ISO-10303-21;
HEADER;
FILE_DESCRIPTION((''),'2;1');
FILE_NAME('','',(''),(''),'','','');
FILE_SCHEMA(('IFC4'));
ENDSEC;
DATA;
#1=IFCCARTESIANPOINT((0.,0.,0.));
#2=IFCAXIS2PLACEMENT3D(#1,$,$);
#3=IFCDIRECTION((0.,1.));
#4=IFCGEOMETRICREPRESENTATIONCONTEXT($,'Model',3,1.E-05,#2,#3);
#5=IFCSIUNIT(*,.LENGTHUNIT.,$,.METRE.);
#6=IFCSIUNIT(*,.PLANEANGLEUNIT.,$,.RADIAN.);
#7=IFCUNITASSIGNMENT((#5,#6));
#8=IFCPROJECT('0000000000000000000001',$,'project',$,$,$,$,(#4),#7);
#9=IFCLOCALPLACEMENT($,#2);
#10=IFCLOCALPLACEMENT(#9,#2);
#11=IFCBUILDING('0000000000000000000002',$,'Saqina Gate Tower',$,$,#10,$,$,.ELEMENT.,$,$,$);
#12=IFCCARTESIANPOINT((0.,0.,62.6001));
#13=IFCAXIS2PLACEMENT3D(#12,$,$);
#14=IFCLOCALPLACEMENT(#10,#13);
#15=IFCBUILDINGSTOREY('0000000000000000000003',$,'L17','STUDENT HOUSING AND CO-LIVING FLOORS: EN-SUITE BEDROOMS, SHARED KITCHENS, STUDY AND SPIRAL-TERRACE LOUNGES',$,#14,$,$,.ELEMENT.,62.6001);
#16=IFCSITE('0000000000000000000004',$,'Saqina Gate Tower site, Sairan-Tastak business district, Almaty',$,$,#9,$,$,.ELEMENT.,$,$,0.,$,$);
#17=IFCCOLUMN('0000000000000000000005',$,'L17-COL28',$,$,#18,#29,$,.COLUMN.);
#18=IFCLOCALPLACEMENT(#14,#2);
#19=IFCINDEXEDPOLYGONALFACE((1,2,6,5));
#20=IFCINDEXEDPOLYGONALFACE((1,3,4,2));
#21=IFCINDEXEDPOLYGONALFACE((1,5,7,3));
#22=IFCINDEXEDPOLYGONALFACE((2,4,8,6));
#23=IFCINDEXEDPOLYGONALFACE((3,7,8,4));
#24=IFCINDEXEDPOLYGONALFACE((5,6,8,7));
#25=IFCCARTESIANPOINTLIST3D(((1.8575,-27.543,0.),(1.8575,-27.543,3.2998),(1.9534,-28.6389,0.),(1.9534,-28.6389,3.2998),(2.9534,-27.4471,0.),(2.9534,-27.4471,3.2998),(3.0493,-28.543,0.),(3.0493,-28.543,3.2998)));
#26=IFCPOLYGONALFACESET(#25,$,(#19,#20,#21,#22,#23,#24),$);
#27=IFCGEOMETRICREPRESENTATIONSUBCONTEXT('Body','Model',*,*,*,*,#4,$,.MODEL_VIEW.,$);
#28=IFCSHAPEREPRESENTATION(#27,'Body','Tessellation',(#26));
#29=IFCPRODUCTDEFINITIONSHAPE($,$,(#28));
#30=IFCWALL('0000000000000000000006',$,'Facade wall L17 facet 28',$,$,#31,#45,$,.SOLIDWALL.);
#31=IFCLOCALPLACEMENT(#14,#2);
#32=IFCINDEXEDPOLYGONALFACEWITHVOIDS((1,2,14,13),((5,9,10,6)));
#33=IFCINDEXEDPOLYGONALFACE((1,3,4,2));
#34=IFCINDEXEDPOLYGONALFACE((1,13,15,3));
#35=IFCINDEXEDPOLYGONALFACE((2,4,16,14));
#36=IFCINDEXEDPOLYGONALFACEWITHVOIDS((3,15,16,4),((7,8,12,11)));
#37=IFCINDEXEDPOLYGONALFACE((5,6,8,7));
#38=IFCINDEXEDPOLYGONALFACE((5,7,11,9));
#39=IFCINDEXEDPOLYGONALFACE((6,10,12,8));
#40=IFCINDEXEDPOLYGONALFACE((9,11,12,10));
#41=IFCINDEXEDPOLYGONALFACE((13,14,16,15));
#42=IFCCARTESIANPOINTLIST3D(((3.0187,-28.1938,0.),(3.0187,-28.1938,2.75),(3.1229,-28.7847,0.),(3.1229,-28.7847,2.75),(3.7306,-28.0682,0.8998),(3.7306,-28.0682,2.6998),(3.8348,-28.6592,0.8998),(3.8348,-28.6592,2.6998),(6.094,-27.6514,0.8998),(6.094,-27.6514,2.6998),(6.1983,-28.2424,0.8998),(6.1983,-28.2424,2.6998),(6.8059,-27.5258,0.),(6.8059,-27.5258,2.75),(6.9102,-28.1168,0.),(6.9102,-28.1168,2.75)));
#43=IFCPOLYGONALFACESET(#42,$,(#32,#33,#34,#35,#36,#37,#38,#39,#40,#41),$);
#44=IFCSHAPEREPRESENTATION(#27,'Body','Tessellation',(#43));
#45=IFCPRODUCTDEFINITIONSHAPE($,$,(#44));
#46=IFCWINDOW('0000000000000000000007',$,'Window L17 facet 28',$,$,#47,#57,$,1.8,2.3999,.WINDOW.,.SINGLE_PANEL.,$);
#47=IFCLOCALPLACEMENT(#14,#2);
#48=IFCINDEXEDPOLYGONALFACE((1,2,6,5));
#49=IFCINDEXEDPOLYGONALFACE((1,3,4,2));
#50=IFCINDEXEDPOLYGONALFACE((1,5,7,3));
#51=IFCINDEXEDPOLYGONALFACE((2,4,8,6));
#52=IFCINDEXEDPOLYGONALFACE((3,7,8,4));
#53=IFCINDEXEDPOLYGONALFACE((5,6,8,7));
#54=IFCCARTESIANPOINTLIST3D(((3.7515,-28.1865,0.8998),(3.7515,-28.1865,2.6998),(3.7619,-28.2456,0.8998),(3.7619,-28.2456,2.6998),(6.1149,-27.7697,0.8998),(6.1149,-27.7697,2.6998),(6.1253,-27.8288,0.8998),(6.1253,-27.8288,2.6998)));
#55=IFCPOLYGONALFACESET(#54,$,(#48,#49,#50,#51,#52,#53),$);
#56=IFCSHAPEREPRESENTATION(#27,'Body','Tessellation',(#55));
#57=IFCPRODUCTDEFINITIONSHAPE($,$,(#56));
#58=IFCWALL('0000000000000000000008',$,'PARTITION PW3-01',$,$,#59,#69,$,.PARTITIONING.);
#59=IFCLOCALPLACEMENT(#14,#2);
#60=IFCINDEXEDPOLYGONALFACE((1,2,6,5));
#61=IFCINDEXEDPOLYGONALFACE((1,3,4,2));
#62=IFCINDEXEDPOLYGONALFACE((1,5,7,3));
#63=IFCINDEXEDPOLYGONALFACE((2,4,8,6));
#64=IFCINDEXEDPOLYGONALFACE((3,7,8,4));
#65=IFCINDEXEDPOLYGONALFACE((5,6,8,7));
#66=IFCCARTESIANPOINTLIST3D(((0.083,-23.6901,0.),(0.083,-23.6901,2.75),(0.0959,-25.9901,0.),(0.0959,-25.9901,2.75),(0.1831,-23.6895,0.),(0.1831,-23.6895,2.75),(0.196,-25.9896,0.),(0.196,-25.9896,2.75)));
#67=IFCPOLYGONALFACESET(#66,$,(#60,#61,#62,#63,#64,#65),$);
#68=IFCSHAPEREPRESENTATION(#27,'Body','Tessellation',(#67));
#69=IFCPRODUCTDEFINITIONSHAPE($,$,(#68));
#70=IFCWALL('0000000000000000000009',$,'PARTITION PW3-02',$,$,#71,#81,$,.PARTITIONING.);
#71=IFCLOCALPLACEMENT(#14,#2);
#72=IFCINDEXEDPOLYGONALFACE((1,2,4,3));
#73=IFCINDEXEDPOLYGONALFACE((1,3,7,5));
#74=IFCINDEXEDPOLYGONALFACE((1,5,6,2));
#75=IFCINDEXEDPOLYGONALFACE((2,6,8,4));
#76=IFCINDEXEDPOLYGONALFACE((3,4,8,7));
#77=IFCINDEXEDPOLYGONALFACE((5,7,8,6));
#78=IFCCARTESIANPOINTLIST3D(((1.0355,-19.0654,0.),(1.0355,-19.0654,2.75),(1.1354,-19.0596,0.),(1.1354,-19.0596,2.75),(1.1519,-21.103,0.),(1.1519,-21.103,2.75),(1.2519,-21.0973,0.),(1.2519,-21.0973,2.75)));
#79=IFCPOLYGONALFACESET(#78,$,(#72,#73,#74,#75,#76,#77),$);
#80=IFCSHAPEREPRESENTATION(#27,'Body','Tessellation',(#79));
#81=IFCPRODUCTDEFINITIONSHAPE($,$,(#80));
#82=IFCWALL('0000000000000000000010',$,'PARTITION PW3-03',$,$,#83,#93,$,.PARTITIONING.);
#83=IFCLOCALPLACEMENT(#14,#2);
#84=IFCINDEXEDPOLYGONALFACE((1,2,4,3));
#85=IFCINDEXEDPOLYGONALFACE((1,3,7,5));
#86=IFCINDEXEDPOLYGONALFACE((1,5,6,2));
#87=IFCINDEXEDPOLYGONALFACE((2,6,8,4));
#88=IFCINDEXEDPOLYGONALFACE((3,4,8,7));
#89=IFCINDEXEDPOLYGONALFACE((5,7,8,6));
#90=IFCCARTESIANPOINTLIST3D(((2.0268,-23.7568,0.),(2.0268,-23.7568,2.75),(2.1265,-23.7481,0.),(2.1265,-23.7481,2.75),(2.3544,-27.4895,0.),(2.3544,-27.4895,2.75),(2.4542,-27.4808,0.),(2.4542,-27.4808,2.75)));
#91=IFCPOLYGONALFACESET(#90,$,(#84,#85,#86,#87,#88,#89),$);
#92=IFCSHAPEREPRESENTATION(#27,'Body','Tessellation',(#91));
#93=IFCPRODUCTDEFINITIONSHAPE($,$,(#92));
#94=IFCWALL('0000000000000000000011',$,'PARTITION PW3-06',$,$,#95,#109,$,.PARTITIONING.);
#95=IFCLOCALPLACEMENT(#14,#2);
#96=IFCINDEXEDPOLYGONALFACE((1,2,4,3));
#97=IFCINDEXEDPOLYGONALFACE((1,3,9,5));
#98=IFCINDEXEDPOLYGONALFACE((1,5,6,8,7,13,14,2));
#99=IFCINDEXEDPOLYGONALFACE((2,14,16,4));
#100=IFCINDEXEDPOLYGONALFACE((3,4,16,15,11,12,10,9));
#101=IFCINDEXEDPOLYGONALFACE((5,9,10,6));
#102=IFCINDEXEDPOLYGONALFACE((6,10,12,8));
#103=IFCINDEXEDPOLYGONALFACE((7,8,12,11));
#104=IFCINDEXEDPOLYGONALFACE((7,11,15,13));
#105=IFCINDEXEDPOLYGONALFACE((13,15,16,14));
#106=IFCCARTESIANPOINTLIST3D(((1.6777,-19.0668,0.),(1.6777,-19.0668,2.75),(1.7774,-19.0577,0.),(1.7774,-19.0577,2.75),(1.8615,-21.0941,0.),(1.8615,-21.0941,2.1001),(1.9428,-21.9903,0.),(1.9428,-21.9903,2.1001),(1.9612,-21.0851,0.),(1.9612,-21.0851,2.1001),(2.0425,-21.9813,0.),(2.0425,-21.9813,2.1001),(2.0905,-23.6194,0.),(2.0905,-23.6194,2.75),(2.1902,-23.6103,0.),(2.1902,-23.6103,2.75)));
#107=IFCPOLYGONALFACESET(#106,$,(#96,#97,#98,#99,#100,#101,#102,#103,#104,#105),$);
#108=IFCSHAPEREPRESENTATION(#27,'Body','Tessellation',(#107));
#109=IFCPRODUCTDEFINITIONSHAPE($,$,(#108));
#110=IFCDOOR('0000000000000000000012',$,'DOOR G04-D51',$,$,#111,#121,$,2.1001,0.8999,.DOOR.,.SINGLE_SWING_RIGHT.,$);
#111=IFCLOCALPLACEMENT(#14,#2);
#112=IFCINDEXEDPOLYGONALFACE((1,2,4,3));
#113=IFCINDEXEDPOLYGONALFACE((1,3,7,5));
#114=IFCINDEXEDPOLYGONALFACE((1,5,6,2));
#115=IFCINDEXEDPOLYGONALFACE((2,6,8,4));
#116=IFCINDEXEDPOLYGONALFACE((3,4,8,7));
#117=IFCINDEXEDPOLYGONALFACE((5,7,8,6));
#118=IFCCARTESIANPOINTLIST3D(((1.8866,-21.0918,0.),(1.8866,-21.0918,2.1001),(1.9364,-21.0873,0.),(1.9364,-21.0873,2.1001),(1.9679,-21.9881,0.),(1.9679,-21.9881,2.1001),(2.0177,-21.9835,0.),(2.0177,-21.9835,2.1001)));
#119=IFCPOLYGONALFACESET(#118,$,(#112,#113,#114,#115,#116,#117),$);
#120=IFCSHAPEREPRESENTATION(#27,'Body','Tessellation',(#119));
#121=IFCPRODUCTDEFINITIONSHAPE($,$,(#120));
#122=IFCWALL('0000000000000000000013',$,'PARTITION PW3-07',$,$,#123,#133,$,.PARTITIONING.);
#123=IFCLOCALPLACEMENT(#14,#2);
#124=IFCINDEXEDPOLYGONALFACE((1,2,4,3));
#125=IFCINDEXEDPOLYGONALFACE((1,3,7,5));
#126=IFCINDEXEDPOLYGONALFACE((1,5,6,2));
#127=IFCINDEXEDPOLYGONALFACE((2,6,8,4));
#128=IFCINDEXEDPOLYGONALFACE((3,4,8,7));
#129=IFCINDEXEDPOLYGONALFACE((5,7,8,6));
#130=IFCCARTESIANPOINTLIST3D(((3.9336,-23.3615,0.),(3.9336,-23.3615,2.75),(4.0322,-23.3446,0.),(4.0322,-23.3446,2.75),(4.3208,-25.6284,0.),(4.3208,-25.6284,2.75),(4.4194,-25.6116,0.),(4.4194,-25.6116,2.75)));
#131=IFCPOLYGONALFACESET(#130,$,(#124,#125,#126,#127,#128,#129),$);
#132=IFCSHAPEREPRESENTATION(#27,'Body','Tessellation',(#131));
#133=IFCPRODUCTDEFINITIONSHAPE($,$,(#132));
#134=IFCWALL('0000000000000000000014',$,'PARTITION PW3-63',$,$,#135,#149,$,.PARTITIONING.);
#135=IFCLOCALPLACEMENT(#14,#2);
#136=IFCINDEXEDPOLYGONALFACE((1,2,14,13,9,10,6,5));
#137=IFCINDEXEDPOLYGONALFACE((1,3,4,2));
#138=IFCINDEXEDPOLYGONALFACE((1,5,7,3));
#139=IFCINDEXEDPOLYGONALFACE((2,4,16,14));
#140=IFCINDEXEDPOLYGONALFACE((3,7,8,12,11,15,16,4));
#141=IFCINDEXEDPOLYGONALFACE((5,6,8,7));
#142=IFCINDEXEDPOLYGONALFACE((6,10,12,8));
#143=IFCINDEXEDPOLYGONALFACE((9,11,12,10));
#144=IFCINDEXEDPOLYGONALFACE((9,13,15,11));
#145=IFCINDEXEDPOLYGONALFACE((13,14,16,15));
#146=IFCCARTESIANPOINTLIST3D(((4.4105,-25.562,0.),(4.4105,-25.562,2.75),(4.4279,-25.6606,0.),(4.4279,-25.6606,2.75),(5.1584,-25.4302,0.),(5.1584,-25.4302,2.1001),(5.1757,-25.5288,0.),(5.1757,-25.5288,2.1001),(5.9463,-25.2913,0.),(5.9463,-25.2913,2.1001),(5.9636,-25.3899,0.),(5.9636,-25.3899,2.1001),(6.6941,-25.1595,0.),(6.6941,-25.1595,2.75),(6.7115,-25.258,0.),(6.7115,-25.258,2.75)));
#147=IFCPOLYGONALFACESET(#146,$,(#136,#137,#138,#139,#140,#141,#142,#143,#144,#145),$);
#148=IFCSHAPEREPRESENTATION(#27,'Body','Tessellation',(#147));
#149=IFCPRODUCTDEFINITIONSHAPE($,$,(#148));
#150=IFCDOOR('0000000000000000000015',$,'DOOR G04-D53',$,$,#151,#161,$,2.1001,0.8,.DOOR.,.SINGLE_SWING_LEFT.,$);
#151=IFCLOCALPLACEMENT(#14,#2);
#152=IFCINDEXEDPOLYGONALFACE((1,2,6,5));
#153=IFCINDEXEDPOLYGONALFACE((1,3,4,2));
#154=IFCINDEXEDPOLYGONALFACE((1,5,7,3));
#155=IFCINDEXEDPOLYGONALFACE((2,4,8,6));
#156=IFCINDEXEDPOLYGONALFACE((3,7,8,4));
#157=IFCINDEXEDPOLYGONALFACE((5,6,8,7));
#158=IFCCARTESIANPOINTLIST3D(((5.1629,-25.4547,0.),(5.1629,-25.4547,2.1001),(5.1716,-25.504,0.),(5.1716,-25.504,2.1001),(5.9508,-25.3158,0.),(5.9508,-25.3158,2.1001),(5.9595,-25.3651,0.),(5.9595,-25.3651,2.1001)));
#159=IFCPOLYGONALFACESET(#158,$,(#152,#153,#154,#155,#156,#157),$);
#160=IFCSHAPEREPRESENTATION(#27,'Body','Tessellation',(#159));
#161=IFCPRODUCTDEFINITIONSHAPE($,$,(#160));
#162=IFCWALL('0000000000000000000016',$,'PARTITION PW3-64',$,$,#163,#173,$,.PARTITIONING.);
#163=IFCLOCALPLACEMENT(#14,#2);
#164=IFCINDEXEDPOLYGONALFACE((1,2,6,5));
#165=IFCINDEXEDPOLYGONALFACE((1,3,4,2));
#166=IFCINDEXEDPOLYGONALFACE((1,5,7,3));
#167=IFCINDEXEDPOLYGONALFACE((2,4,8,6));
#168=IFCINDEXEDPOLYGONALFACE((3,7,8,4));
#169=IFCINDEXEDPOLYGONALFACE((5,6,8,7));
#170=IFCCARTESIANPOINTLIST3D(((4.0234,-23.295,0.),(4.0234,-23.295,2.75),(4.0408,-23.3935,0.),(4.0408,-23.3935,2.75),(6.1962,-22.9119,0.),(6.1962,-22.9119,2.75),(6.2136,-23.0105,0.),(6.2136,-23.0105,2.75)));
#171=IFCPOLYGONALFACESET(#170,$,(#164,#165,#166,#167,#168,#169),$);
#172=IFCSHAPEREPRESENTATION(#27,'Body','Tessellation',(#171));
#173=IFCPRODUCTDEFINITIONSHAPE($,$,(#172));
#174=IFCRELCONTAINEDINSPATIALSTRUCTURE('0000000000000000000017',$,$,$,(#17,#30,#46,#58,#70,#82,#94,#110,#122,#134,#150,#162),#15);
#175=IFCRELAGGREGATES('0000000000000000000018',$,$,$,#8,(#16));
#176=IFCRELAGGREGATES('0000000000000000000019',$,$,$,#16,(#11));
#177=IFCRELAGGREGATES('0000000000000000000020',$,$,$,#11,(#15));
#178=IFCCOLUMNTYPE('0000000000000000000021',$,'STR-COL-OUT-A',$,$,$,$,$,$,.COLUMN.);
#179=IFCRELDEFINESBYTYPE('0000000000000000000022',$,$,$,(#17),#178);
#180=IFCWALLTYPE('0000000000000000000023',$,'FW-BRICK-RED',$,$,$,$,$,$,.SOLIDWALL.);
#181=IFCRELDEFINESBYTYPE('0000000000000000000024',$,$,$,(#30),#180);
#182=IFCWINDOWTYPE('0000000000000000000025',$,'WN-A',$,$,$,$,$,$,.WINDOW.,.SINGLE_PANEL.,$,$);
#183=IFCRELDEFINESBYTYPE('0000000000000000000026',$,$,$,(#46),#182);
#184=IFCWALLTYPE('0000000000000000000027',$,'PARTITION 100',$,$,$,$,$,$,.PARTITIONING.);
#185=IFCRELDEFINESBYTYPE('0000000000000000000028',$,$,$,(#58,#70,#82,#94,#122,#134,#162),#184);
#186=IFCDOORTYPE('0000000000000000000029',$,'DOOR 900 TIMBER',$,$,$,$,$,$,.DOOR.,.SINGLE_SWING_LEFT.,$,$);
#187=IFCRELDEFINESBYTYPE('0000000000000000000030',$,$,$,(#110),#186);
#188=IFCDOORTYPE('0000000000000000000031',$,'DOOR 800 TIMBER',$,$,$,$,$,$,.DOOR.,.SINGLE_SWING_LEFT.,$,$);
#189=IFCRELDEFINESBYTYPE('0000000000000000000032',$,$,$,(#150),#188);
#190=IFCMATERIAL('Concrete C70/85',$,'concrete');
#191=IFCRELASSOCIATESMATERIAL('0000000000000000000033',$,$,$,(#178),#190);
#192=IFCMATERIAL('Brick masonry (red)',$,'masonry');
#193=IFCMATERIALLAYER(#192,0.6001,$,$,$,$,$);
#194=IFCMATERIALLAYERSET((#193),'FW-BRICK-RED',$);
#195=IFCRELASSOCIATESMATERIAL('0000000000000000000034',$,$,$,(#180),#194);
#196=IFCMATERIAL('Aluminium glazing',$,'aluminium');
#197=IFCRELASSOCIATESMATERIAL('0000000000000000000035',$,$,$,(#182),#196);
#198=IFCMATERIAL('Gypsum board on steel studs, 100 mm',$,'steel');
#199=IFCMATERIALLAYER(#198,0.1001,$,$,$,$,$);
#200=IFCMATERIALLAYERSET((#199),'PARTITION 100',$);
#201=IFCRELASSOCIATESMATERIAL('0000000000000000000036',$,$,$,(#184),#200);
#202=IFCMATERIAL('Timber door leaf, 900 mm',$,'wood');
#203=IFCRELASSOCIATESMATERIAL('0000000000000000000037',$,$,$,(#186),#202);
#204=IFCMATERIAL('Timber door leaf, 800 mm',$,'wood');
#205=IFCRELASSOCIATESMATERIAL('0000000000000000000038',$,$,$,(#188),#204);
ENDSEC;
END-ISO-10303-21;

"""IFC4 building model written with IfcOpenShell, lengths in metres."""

from ifc_helpers import new_model, si_unit, direction, frame, frame_2d, origin, origin_2d, place, context, subcontext, project, spatial, rectangle, extrude, material, layer, layer_set, material_profile, profile_set, type_object, element, fill, save


model = new_model("IFC4")

# Units and contexts
model_context = context("Model", 3, precision=1e-05, world=origin(), true_north=direction((0.0, 1.0)))
body_context = subcontext(model_context, "Body", "Model", "MODEL_VIEW")
ifc_project = project(units=[si_unit("LENGTHUNIT", "METRE"), si_unit("PLANEANGLEUNIT", "RADIAN")], contexts=[model_context])

# Site, building, storey
site_placement = place(None, origin())
site = spatial("IfcSite", under=ifc_project, at=site_placement, Name="Saqina Gate Tower site, Sairan-Tastak business district, Almaty", CompositionType="ELEMENT", RefElevation=0.0)
building_placement = place(site_placement, origin())
building = spatial("IfcBuilding", under=site, at=building_placement, Name="Saqina Gate Tower", CompositionType="ELEMENT")
storey_placement = place(building_placement, frame((0.0, 0.0, 62.6001)))
storey = spatial("IfcBuildingStorey", under=building, at=storey_placement, Name="L17", Description="STUDENT HOUSING AND CO-LIVING FLOORS: EN-SUITE BEDROOMS, SHARED KITCHENS, STUDY AND SPIRAL-TERRACE LOUNGES", CompositionType="ELEMENT", Elevation=62.6001)

# Column
ifc_material_1 = material(Name="Concrete C70/85", Category="concrete")
ifc_material_profile = material_profile(ifc_material_1, rectangle(XDim=1.1001, YDim=1.1001, at=origin_2d()), Name="RC 1100x1100")
ifc_profile_set = profile_set([ifc_material_profile], Name="Concrete C70/85")
column_type = type_object("IfcColumnType", Name="STR-COL-OUT-A", PredefinedType="COLUMN", material=ifc_profile_set)
column_placement = place(storey_placement, frame((2.4534, -28.043, 0.0), z_axis=(0.0, 0.0, 1.0), x_axis=(0.087156, -0.996195, 0.0)))
element("IfcColumn", 1, at=column_placement, inside=storey, type_object=column_type, Name="L17-COL28", PredefinedType="COLUMN", context=body_context, shape_type="SweptSolid", body=[
    extrude(rectangle(XDim=1.1001, YDim=1.1001, at=origin_2d()), origin(), (0.0, 0.0, 1.0), 3.2998),
])

# Wall, opening, window
ifc_material_2 = material(Name="Brick masonry (red)", Category="masonry")
ifc_layer_1 = layer(ifc_material_2, 0.6001)
ifc_layer_set_1 = layer_set([ifc_layer_1], Name="FW-BRICK-RED")
wall_type_1 = type_object("IfcWallType", Name="FW-BRICK-RED", PredefinedType="SOLIDWALL", material=ifc_layer_set_1)
wall_1_placement = place(storey_placement, frame((3.0708, -28.4893, 0.0), z_axis=(0.0, 0.0, 1.0), x_axis=(0.984801, 0.173688, 0.0)))
wall_1 = element("IfcWall", 2, at=wall_1_placement, inside=storey, type_object=wall_type_1, Name="Facade wall L17 facet 28", PredefinedType="SOLIDWALL", context=body_context, shape_type="SweptSolid", body=[
    extrude(rectangle(XDim=3.8457, YDim=0.6001, at=frame_2d((1.9229, 0.0))), origin(), (0.0, 0.0, 1.0), 2.75),
])
opening_1_placement = place(wall_1_placement, frame((0.7229, 0.0, 0.8999)))
opening_1 = element("IfcOpeningElement", 3, at=opening_1_placement, cuts=wall_1, PredefinedType="OPENING", context=body_context, shape_type="SweptSolid", body=[
    extrude(rectangle(XDim=2.3999, YDim=1.8, at=frame_2d((1.2, 0.8999))), frame((0.0, 0.312, 0.0), z_axis=(0.0, -1.0, 0.0), x_axis=(1.0, 0.0, 0.0)), (0.0, 0.0, 1.0), 0.624),
])
ifc_material_3 = material(Name="Aluminium glazing", Category="aluminium")
window_type = type_object("IfcWindowType", Name="WN-A", PartitioningType="SINGLE_PANEL", PredefinedType="WINDOW", material=ifc_material_3)
window_placement = place(opening_1_placement, origin())
window = element("IfcWindow", 4, at=window_placement, inside=storey, type_object=window_type, Name="Window L17 facet 28", OverallHeight=1.8, OverallWidth=2.3999, PartitioningType="SINGLE_PANEL", PredefinedType="WINDOW", context=body_context, shape_type="SweptSolid", body=[
    extrude(rectangle(XDim=2.3999, YDim=1.8, at=frame_2d((1.2, 0.8999))), frame((0.0, 0.1799, 0.0), z_axis=(0.0, -1.0, 0.0), x_axis=(1.0, 0.0, 0.0)), (0.0, 0.0, 1.0), 0.0601),
])
fill(opening_1, window)

# Walls
ifc_material_4 = material(Name="Gypsum board on steel studs, 100 mm", Category="steel")
ifc_layer_2 = layer(ifc_material_4, 0.1001)
ifc_layer_set_2 = layer_set([ifc_layer_2], Name="PARTITION 100")
wall_type_2 = type_object("IfcWallType", Name="PARTITION 100", PredefinedType="PARTITIONING", material=ifc_layer_set_2)
wall_2_placement = place(storey_placement, frame((0.1331, -23.6899, 0.0), z_axis=(0.0, 0.0, 1.0), x_axis=(0.005626, -0.999984, 0.0)))
element("IfcWall", 5, at=wall_2_placement, inside=storey, type_object=wall_type_2, Name="PARTITION PW3-01", PredefinedType="PARTITIONING", context=body_context, shape_type="SweptSolid", body=[
    extrude(rectangle(XDim=2.3, YDim=0.1001, at=frame_2d((1.1499, 0.0))), origin(), (0.0, 0.0, 1.0), 2.75),
])
wall_3_placement = place(storey_placement, frame((1.0854, -19.0625, 0.0), z_axis=(0.0, 0.0, 1.0), x_axis=(0.05706, -0.998371, 0.0)))
element("IfcWall", 6, at=wall_3_placement, inside=storey, type_object=wall_type_2, Name="PARTITION PW3-02", PredefinedType="PARTITIONING", context=body_context, shape_type="SweptSolid", body=[
    extrude(rectangle(XDim=2.041, YDim=0.1001, at=frame_2d((1.0205, 0.0))), origin(), (0.0, 0.0, 1.0), 2.75),
])
wall_4_placement = place(storey_placement, frame((2.0767, -23.7524, 0.0), z_axis=(0.0, 0.0, 1.0), x_axis=(0.087439, -0.99617, 0.0)))
element("IfcWall", 7, at=wall_4_placement, inside=storey, type_object=wall_type_2, Name="PARTITION PW3-03", PredefinedType="PARTITIONING", context=body_context, shape_type="SweptSolid", body=[
    extrude(rectangle(XDim=3.7471, YDim=0.1001, at=frame_2d((1.8735, 0.0))), origin(), (0.0, 0.0, 1.0), 2.75),
])

# Wall, opening, door
wall_5_placement = place(storey_placement, frame((1.7275, -19.0623, 0.0), z_axis=(0.0, 0.0, 1.0), x_axis=(0.090314, -0.995913, 0.0)))
wall_5 = element("IfcWall", 8, at=wall_5_placement, inside=storey, type_object=wall_type_2, Name="PARTITION PW3-06", PredefinedType="PARTITIONING", context=body_context, shape_type="SweptSolid", body=[
    extrude(rectangle(XDim=4.5713, YDim=0.1001, at=frame_2d((2.2856, 0.0))), origin(), (0.0, 0.0, 1.0), 2.75),
])
opening_2_placement = place(wall_5_placement, frame((2.0356, 0.0, 0.0)))
opening_2 = element("IfcOpeningElement", 9, at=opening_2_placement, cuts=wall_5, PredefinedType="OPENING", context=body_context, shape_type="SweptSolid", body=[
    extrude(rectangle(XDim=0.8999, YDim=2.1001, at=frame_2d((0.45, 1.05))), frame((0.0, 0.062, 0.0), z_axis=(0.0, -1.0, 0.0), x_axis=(1.0, 0.0, 0.0)), (0.0, 0.0, 1.0), 0.124),
])
ifc_material_5 = material(Name="Timber door leaf, 900 mm", Category="wood")
door_type_1 = type_object("IfcDoorType", Name="DOOR 900 TIMBER", OperationType="SINGLE_SWING_LEFT", PredefinedType="DOOR", material=ifc_material_5)
door_1_placement = place(opening_2_placement, frame((0.8999, 0.0, 0.0), z_axis=(0.0, 0.0, 1.0), x_axis=(-1.0, 0.0, 0.0)))
door_1 = element("IfcDoor", 10, at=door_1_placement, inside=storey, type_object=door_type_1, Name="DOOR G04-D51", OperationType="SINGLE_SWING_RIGHT", OverallHeight=2.1001, OverallWidth=0.8999, PredefinedType="DOOR", context=body_context, shape_type="SweptSolid", body=[
    extrude(rectangle(XDim=0.8999, YDim=2.1001, at=frame_2d((0.45, 1.05))), frame((0.0, 0.0249, 0.0), z_axis=(0.0, -1.0, 0.0), x_axis=(1.0, 0.0, 0.0)), (0.0, 0.0, 1.0), 0.05),
])
fill(opening_2, door_1)

# Wall
wall_6_placement = place(storey_placement, frame((3.9829, -23.353, 0.0), z_axis=(0.0, 0.0, 1.0), x_axis=(0.168357, -0.985726, 0.0)))
element("IfcWall", 11, at=wall_6_placement, inside=storey, type_object=wall_type_2, Name="PARTITION PW3-07", PredefinedType="PARTITIONING", context=body_context, shape_type="SweptSolid", body=[
    extrude(rectangle(XDim=2.2998, YDim=0.1001, at=frame_2d((1.1499, 0.0))), origin(), (0.0, 0.0, 1.0), 2.75),
])

# Wall, opening, door
wall_7_placement = place(storey_placement, frame((4.4192, -25.6113, 0.0), z_axis=(0.0, 0.0, 1.0), x_axis=(0.984814, 0.173611, 0.0)))
wall_7 = element("IfcWall", 12, at=wall_7_placement, inside=storey, type_object=wall_type_2, Name="PARTITION PW3-63", PredefinedType="PARTITIONING", context=body_context, shape_type="SweptSolid", body=[
    extrude(rectangle(XDim=2.3188, YDim=0.1001, at=frame_2d((1.1594, 0.0))), origin(), (0.0, 0.0, 1.0), 2.75),
])
opening_3_placement = place(wall_7_placement, frame((0.7595, 0.0, 0.0)))
opening_3 = element("IfcOpeningElement", 13, at=opening_3_placement, cuts=wall_7, PredefinedType="OPENING", context=body_context, shape_type="SweptSolid", body=[
    extrude(rectangle(XDim=0.8, YDim=2.1001, at=frame_2d((0.3999, 1.05))), frame((0.0, 0.062, 0.0), z_axis=(0.0, -1.0, 0.0), x_axis=(1.0, 0.0, 0.0)), (0.0, 0.0, 1.0), 0.124),
])
ifc_material_6 = material(Name="Timber door leaf, 800 mm", Category="wood")
door_type_2 = type_object("IfcDoorType", Name="DOOR 800 TIMBER", OperationType="SINGLE_SWING_LEFT", PredefinedType="DOOR", material=ifc_material_6)
door_2_placement = place(opening_3_placement, frame((0.8, 0.0, 0.0), z_axis=(0.0, 0.0, 1.0), x_axis=(-1.0, 0.0, 0.0)))
door_2 = element("IfcDoor", 14, at=door_2_placement, inside=storey, type_object=door_type_2, Name="DOOR G04-D53", OperationType="SINGLE_SWING_LEFT", OverallHeight=2.1001, OverallWidth=0.8, PredefinedType="DOOR", context=body_context, shape_type="SweptSolid", body=[
    extrude(rectangle(XDim=0.8, YDim=2.1001, at=frame_2d((0.3999, 1.05))), frame((0.0, 0.0249, 0.0), z_axis=(0.0, -1.0, 0.0), x_axis=(1.0, 0.0, 0.0)), (0.0, 0.0, 1.0), 0.05),
])
fill(opening_3, door_2)

# Wall
wall_8_placement = place(storey_placement, frame((4.0322, -23.3442, 0.0), z_axis=(0.0, 0.0, 1.0), x_axis=(0.984814, 0.173615, 0.0)))
element("IfcWall", 15, at=wall_8_placement, inside=storey, type_object=wall_type_2, Name="PARTITION PW3-64", PredefinedType="PARTITIONING", context=body_context, shape_type="SweptSolid", body=[
    extrude(rectangle(XDim=2.2063, YDim=0.1001, at=frame_2d((1.103, 0.0))), origin(), (0.0, 0.0, 1.0), 2.75),
])

save(model, "model.ifc")
